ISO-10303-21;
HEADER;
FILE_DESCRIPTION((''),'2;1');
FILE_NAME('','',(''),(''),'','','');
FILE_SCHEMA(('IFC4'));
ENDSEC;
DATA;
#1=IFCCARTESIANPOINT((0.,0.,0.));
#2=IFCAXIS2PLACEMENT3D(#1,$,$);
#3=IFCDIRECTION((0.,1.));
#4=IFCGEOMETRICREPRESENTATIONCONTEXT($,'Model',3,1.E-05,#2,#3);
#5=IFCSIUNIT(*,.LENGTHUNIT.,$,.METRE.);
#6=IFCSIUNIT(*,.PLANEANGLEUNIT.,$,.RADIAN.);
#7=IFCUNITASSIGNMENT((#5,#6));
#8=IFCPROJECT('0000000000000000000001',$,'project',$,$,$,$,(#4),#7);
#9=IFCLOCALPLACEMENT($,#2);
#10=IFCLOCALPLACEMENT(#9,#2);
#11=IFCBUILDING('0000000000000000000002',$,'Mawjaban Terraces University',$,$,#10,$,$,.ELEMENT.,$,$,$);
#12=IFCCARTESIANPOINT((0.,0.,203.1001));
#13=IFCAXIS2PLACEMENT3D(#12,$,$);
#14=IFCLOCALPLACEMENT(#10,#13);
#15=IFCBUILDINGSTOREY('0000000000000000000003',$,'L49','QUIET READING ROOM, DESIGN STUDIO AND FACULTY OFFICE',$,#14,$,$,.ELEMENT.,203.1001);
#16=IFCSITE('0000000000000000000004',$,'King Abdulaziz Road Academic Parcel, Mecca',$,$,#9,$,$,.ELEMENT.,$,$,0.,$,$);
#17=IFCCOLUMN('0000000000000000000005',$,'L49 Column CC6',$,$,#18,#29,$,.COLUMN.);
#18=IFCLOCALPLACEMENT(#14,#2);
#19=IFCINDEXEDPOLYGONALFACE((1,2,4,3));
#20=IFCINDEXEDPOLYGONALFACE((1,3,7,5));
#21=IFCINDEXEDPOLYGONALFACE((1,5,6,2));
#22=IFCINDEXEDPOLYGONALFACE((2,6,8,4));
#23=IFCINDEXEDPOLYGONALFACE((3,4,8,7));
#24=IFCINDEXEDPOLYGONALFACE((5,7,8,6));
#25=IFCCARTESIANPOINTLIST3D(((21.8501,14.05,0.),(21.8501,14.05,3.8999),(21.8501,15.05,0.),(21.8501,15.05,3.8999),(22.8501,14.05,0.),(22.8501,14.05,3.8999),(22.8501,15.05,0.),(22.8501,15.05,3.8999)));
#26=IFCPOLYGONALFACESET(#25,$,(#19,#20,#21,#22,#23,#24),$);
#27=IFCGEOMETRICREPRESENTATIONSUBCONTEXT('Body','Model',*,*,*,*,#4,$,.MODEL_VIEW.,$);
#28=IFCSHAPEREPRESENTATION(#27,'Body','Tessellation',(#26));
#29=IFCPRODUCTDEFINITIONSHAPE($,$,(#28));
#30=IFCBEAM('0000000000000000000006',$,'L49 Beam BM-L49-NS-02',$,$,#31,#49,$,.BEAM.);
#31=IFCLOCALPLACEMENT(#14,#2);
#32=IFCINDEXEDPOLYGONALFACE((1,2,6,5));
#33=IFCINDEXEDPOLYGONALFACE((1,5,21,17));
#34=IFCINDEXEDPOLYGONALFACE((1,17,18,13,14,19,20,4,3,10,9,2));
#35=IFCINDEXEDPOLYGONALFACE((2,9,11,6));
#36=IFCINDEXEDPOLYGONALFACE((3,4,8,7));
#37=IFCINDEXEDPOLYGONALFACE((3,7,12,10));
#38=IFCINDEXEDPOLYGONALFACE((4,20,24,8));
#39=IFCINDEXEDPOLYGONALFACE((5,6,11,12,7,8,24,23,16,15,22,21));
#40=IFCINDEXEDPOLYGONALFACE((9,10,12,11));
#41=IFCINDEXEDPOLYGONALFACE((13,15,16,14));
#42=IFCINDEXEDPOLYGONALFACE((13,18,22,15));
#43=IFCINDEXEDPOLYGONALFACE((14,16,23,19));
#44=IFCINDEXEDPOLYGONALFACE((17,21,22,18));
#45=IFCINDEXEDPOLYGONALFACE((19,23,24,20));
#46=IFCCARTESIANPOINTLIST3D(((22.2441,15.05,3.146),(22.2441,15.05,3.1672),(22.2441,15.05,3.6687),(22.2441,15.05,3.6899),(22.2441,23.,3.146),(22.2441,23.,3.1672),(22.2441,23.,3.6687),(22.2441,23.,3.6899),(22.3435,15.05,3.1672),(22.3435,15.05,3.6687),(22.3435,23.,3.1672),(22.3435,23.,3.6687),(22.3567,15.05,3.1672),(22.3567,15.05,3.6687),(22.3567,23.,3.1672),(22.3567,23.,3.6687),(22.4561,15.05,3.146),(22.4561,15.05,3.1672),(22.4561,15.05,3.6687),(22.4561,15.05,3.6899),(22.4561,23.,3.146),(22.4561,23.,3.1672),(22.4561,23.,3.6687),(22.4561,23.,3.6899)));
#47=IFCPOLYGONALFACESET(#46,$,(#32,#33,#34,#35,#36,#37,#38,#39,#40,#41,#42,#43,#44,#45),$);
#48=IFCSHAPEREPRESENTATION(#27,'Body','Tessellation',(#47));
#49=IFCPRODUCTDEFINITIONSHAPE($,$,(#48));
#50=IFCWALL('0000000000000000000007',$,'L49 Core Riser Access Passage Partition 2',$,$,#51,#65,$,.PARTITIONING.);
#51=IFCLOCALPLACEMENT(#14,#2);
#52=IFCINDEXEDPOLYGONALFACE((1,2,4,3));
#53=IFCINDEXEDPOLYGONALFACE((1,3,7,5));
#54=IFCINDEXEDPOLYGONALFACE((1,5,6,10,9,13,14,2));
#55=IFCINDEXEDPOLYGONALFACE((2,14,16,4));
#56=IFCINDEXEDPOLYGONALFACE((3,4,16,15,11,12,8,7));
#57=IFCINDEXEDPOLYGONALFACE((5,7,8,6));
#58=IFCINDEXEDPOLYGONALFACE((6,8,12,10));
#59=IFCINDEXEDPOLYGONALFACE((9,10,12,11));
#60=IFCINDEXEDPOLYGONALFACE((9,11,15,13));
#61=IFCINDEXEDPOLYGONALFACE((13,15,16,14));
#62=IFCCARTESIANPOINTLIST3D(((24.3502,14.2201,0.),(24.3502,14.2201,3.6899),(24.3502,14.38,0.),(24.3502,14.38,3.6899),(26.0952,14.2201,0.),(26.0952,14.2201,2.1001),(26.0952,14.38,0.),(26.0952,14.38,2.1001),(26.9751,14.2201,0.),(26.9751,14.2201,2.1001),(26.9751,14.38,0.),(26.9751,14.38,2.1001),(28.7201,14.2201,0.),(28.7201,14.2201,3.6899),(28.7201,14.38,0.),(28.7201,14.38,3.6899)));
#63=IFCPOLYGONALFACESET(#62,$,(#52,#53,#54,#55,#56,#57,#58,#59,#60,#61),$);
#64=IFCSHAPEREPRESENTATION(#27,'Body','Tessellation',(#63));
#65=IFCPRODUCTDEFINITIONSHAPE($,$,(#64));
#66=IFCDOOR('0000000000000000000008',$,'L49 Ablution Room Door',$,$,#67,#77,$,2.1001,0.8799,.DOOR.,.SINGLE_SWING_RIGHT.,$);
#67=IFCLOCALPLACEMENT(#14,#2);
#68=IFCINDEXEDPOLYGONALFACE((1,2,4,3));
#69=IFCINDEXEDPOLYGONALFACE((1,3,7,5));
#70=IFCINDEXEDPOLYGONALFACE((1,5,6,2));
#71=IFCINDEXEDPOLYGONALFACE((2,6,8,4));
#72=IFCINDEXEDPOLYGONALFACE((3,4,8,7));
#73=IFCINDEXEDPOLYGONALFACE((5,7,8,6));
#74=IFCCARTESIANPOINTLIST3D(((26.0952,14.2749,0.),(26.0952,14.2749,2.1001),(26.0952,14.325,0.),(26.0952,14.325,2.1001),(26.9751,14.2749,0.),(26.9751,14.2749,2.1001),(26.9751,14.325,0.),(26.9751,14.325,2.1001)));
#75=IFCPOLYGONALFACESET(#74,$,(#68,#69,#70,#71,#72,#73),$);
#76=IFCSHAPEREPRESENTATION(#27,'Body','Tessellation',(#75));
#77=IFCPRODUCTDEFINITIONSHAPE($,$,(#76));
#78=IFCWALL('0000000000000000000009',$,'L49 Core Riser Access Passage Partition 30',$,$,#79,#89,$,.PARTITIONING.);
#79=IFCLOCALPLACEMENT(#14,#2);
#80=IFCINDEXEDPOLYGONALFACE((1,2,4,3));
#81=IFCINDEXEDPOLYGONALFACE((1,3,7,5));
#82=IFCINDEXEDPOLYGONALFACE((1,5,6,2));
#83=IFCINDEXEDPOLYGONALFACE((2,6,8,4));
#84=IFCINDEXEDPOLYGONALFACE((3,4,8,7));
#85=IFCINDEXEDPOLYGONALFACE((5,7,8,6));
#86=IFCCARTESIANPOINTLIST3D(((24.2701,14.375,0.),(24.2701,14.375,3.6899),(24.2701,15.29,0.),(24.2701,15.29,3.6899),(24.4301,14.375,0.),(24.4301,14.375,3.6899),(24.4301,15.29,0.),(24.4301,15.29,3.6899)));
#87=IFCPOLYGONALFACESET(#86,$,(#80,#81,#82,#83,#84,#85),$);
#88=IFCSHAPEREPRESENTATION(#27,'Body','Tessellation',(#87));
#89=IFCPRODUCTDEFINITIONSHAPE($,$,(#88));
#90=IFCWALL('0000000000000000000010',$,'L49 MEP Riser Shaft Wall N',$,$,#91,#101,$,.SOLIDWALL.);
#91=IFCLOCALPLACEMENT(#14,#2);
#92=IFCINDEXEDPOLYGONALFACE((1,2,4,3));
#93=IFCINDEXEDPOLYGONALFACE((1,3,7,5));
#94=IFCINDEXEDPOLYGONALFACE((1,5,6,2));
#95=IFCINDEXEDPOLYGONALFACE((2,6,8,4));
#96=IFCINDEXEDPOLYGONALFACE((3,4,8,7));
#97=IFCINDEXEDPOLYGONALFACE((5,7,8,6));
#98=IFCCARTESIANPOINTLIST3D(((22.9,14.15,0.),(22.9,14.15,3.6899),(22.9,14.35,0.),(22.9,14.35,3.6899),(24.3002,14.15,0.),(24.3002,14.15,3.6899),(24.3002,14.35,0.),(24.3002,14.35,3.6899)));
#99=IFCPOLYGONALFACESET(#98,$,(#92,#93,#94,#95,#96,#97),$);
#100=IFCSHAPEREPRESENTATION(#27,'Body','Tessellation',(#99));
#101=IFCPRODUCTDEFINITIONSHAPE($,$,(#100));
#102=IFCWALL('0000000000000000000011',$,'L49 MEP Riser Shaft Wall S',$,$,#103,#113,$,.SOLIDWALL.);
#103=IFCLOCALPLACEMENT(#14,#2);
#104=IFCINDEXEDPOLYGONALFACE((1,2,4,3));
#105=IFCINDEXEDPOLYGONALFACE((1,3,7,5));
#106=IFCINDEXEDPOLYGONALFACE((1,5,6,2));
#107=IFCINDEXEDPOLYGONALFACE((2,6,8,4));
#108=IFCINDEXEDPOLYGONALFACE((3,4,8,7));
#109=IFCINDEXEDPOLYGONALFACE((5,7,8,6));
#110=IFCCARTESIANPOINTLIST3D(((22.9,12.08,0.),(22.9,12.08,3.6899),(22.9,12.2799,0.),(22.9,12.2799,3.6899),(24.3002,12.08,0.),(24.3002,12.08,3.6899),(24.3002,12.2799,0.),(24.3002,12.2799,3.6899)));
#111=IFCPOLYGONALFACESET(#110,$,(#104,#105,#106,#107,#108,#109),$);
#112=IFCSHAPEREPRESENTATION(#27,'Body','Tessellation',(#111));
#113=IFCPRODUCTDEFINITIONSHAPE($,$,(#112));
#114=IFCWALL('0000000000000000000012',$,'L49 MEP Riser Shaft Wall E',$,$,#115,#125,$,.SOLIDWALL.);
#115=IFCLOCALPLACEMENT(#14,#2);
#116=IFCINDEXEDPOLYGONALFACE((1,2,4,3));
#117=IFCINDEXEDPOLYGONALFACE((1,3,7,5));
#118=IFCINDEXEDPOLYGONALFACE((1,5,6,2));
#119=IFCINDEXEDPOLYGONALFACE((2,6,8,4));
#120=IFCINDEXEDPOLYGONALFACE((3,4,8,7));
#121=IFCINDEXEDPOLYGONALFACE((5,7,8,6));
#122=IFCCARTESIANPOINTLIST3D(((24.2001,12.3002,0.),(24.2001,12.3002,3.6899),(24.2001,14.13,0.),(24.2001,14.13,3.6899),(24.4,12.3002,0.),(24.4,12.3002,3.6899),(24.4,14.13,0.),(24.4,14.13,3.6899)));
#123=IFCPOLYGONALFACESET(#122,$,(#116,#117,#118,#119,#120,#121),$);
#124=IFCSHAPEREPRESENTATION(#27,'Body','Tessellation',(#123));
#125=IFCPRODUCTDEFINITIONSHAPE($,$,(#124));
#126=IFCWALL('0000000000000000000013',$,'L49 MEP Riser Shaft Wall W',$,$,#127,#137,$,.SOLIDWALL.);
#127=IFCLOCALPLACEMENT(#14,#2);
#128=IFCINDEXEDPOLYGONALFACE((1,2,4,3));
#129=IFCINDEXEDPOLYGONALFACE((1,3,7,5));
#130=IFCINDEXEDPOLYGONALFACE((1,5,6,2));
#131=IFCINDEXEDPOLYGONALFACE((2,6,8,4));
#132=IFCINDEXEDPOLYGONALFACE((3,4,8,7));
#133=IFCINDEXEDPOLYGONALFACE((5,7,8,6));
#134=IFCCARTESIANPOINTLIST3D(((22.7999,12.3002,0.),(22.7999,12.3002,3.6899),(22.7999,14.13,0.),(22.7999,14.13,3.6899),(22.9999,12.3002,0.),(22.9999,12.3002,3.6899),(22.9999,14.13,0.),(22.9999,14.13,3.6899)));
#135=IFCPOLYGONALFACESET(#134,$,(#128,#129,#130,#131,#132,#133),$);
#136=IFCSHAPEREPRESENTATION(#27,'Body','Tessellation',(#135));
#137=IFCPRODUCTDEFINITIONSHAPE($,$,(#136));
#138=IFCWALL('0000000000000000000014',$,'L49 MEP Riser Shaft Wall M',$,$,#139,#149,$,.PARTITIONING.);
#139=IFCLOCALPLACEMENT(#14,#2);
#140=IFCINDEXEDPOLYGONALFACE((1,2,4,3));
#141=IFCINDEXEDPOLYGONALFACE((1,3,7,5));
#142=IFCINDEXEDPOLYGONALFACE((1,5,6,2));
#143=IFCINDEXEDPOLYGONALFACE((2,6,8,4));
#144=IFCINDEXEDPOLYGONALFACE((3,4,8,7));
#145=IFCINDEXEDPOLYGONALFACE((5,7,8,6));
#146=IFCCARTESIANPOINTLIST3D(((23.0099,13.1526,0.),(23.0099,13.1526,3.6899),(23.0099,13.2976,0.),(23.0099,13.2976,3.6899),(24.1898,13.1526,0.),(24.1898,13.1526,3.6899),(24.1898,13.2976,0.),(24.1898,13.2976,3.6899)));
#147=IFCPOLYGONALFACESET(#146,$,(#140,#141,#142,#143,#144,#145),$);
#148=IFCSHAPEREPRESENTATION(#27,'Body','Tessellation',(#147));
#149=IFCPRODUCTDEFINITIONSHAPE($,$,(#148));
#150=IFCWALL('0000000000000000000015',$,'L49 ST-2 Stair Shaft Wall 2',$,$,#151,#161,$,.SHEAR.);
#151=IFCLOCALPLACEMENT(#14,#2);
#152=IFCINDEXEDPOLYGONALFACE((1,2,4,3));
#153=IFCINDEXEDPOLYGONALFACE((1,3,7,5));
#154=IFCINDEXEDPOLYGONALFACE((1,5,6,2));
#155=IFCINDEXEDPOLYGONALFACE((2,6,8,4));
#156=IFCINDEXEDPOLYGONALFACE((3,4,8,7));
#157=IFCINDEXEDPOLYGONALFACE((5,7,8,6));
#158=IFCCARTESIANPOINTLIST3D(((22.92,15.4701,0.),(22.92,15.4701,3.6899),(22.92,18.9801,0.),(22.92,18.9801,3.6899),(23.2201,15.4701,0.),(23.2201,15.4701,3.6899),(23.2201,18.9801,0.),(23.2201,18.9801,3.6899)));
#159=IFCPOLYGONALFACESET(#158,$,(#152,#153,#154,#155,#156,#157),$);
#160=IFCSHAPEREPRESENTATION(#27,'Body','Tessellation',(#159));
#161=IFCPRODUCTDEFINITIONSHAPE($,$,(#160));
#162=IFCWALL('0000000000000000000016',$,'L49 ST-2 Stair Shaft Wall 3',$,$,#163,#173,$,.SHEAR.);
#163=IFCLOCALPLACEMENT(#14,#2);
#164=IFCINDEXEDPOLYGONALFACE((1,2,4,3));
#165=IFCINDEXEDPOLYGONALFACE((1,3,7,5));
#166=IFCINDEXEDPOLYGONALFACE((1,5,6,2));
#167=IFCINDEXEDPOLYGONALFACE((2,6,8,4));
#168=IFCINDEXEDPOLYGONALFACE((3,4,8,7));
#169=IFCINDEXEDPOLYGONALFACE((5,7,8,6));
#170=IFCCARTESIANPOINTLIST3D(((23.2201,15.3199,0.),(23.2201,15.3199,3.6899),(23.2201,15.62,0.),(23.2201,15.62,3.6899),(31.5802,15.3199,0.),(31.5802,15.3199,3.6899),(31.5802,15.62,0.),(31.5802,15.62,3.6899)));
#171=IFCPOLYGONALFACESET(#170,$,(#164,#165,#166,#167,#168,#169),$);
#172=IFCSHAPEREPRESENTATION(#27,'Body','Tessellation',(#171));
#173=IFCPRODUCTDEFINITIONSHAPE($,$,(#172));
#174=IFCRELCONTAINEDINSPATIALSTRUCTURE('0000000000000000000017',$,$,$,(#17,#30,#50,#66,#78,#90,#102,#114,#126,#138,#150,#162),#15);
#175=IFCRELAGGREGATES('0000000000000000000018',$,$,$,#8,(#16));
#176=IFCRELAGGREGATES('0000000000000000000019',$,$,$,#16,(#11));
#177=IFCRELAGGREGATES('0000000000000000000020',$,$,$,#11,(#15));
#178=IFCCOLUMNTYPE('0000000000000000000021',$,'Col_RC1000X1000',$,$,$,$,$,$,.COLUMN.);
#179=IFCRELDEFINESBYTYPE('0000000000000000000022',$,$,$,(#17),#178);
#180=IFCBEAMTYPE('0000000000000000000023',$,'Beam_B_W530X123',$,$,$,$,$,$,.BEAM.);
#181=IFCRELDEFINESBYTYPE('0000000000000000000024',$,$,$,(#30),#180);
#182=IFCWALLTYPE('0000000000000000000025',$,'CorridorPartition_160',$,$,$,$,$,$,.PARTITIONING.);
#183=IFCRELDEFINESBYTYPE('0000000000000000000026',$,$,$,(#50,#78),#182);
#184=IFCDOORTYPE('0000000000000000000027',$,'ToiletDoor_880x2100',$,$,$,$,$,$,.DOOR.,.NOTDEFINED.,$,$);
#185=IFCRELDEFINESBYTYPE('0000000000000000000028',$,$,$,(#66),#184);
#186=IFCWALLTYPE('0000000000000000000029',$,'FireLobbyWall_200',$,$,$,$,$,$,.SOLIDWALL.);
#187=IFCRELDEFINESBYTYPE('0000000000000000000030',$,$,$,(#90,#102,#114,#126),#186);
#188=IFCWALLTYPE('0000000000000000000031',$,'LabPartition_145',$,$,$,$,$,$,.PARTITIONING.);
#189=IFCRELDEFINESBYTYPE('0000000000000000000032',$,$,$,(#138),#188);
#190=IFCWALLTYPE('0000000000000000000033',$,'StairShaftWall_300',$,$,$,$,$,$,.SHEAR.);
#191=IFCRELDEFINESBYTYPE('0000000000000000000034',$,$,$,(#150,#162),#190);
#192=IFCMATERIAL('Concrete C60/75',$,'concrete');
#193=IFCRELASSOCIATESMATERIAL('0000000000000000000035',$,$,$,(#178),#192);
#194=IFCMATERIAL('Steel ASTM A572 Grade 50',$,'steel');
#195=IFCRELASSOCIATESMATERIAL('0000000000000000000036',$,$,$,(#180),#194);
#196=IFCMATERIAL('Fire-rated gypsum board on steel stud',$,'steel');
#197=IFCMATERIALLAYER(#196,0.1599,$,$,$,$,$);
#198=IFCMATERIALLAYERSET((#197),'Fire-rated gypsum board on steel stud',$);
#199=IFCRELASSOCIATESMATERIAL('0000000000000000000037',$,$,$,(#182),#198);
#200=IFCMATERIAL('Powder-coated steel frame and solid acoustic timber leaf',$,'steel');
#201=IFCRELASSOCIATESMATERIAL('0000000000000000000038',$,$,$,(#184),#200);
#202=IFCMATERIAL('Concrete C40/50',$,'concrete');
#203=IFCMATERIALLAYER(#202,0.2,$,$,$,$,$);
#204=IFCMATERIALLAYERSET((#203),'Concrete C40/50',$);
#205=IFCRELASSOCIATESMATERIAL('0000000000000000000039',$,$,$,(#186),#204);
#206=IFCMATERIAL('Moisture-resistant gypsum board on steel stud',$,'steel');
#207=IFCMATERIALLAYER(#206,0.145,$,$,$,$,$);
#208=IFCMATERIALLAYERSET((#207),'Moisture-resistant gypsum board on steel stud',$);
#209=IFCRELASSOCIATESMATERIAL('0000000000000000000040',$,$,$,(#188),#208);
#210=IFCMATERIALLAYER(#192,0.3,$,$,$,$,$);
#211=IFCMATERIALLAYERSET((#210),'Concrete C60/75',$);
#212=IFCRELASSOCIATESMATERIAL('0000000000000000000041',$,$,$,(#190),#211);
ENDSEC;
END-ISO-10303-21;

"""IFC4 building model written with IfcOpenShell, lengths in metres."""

from ifc_helpers import new_model, si_unit, direction, frame, frame_2d, origin, origin_2d, place, context, subcontext, project, spatial, rectangle, i_section, extrude, material, layer, layer_set, material_profile, profile_set, type_object, element, fill, save


model = new_model("IFC4")

# Units and contexts
model_context = context("Model", 3, precision=1e-05, world=origin(), true_north=direction((0.0, 1.0)))
body_context = subcontext(model_context, "Body", "Model", "MODEL_VIEW")
ifc_project = project(units=[si_unit("LENGTHUNIT", "METRE"), si_unit("PLANEANGLEUNIT", "RADIAN")], contexts=[model_context])

# Site, building, storey
site_placement = place(None, origin())
site = spatial("IfcSite", under=ifc_project, at=site_placement, Name="King Abdulaziz Road Academic Parcel, Mecca", CompositionType="ELEMENT", RefElevation=0.0)
building_placement = place(site_placement, origin())
building = spatial("IfcBuilding", under=site, at=building_placement, Name="Mawjaban Terraces University", CompositionType="ELEMENT")
storey_placement = place(building_placement, frame((0.0, 0.0, 203.1001)))
storey = spatial("IfcBuildingStorey", under=building, at=storey_placement, Name="L49", Description="QUIET READING ROOM, DESIGN STUDIO AND FACULTY OFFICE", CompositionType="ELEMENT", Elevation=203.1001)

# Column
ifc_material_1 = material(Name="Concrete C60/75", Category="concrete")
ifc_material_profile_1 = material_profile(ifc_material_1, rectangle(XDim=1.0, YDim=1.0, at=origin_2d()), Name="RC1000X1000")
ifc_profile_set_1 = profile_set([ifc_material_profile_1], Name="Concrete C60/75")
column_type = type_object("IfcColumnType", Name="Col_RC1000X1000", PredefinedType="COLUMN", material=ifc_profile_set_1)
column_placement = place(storey_placement, frame((22.3501, 14.55, 0.0), z_axis=(0.0, 0.0, 1.0), x_axis=(1.0, 0.0, 0.0)))
element("IfcColumn", 1, at=column_placement, inside=storey, type_object=column_type, Name="L49 Column CC6", PredefinedType="COLUMN", context=body_context, shape_type="SweptSolid", body=[
    extrude(rectangle(XDim=1.0, YDim=1.0, at=origin_2d()), origin(), (0.0, 0.0, 1.0), 3.8999),
])

# Beam
ifc_material_2 = material(Name="Steel ASTM A572 Grade 50", Category="steel")
ifc_material_profile_2 = material_profile(ifc_material_2, i_section(OverallWidth=0.2119, OverallDepth=0.5439, WebThickness=0.0132, FlangeThickness=0.0212, at=origin_2d()), Name="W530X123")
ifc_profile_set_2 = profile_set([ifc_material_profile_2], Name="Steel ASTM A572 Grade 50")
beam_type = type_object("IfcBeamType", Name="Beam_B_W530X123", PredefinedType="BEAM", material=ifc_profile_set_2)
beam_placement = place(storey_placement, frame((22.3501, 15.05, 3.418), z_axis=(0.0, 1.0, 0.0), x_axis=(-1.0, 0.0, 0.0)))
element("IfcBeam", 2, at=beam_placement, inside=storey, type_object=beam_type, Name="L49 Beam BM-L49-NS-02", PredefinedType="BEAM", context=body_context, shape_type="SweptSolid", body=[
    extrude(i_section(OverallWidth=0.2119, OverallDepth=0.5439, WebThickness=0.0132, FlangeThickness=0.0212, at=origin_2d()), origin(), (0.0, 0.0, 1.0), 7.95),
])

# Wall, opening, door
ifc_material_3 = material(Name="Fire-rated gypsum board on steel stud", Category="steel")
ifc_layer_1 = layer(ifc_material_3, 0.1599)
ifc_layer_set_1 = layer_set([ifc_layer_1], Name="Fire-rated gypsum board on steel stud")
wall_type_1 = type_object("IfcWallType", Name="CorridorPartition_160", PredefinedType="PARTITIONING", material=ifc_layer_set_1)
wall_1_placement = place(storey_placement, frame((24.3501, 14.3, 0.0), z_axis=(0.0, 0.0, 1.0), x_axis=(1.0, 0.0, 0.0)))
wall_1 = element("IfcWall", 3, at=wall_1_placement, inside=storey, type_object=wall_type_1, Name="L49 Core Riser Access Passage Partition 2", PredefinedType="PARTITIONING", context=body_context, shape_type="SweptSolid", body=[
    extrude(rectangle(XDim=4.3699, YDim=0.1599, at=frame_2d((2.1851, 0.0))), origin(), (0.0, 0.0, 1.0), 3.6899),
])
opening_placement = place(wall_1_placement, frame((1.7451, 0.0, 0.0)))
opening = element("IfcOpeningElement", 4, at=opening_placement, cuts=wall_1, PredefinedType="OPENING", context=body_context, shape_type="SweptSolid", body=[
    extrude(rectangle(XDim=0.8799, YDim=2.1001, at=frame_2d((0.4399, 1.05))), frame((0.0, 0.0898, 0.0), z_axis=(0.0, -1.0, 0.0), x_axis=(1.0, 0.0, 0.0)), (0.0, 0.0, 1.0), 0.1799),
])
ifc_material_4 = material(Name="Powder-coated steel frame and solid acoustic timber leaf", Category="steel")
door_type = type_object("IfcDoorType", Name="ToiletDoor_880x2100", OperationType="NOTDEFINED", PredefinedType="DOOR", material=ifc_material_4)
door_placement = place(opening_placement, origin())
door = element("IfcDoor", 5, at=door_placement, inside=storey, type_object=door_type, Name="L49 Ablution Room Door", OperationType="SINGLE_SWING_RIGHT", OverallHeight=2.1001, OverallWidth=0.8799, PredefinedType="DOOR", context=body_context, shape_type="SweptSolid", body=[
    extrude(rectangle(XDim=0.8799, YDim=2.1001, at=frame_2d((0.4399, 1.05))), frame((0.0, 0.0249, 0.0), z_axis=(0.0, -1.0, 0.0), x_axis=(1.0, 0.0, 0.0)), (0.0, 0.0, 1.0), 0.05),
])
fill(opening, door)

# Walls
wall_2_placement = place(storey_placement, frame((24.3501, 15.29, 0.0), z_axis=(0.0, 0.0, 1.0), x_axis=(0.0, -1.0, 0.0)))
element("IfcWall", 6, at=wall_2_placement, inside=storey, type_object=wall_type_1, Name="L49 Core Riser Access Passage Partition 30", PredefinedType="PARTITIONING", context=body_context, shape_type="SweptSolid", body=[
    extrude(rectangle(XDim=0.915, YDim=0.1599, at=frame_2d((0.4575, 0.0))), origin(), (0.0, 0.0, 1.0), 3.6899),
])
ifc_material_5 = material(Name="Concrete C40/50", Category="concrete")
ifc_layer_2 = layer(ifc_material_5, 0.2)
ifc_layer_set_2 = layer_set([ifc_layer_2], Name="Concrete C40/50")
wall_type_2 = type_object("IfcWallType", Name="FireLobbyWall_200", PredefinedType="SOLIDWALL", material=ifc_layer_set_2)
for number, where, z_axis, x_axis, name in (
    (7, (22.8999, 14.25, 0.0), (0.0, 0.0, 1.0), (1.0, 0.0, 0.0), "L49 MEP Riser Shaft Wall N"),
    (8, (22.8999, 12.1799, 0.0), (0.0, 0.0, 1.0), (1.0, 0.0, 0.0), "L49 MEP Riser Shaft Wall S"),
):
    element("IfcWall", number, at=place(storey_placement, frame(where, z_axis=z_axis, x_axis=x_axis)), inside=storey, type_object=wall_type_2, Name=name, PredefinedType="SOLIDWALL", context=body_context, shape_type="SweptSolid", body=[
        extrude(rectangle(XDim=1.4001, YDim=0.2, at=frame_2d((0.7002, 0.0))), origin(), (0.0, 0.0, 1.0), 3.6899),
    ])
for number, where, z_axis, x_axis, name in (
    (9, (24.3, 12.3, 0.0), (0.0, 0.0, 1.0), (0.0, 1.0, 0.0), "L49 MEP Riser Shaft Wall E"),
    (10, (22.8999, 12.3, 0.0), (0.0, 0.0, 1.0), (0.0, 1.0, 0.0), "L49 MEP Riser Shaft Wall W"),
):
    element("IfcWall", number, at=place(storey_placement, frame(where, z_axis=z_axis, x_axis=x_axis)), inside=storey, type_object=wall_type_2, Name=name, PredefinedType="SOLIDWALL", context=body_context, shape_type="SweptSolid", body=[
        extrude(rectangle(XDim=1.8298, YDim=0.2, at=frame_2d((0.915, 0.0))), origin(), (0.0, 0.0, 1.0), 3.6899),
    ])
ifc_material_6 = material(Name="Moisture-resistant gypsum board on steel stud", Category="steel")
ifc_layer_3 = layer(ifc_material_6, 0.145)
ifc_layer_set_3 = layer_set([ifc_layer_3], Name="Moisture-resistant gypsum board on steel stud")
wall_type_3 = type_object("IfcWallType", Name="LabPartition_145", PredefinedType="PARTITIONING", material=ifc_layer_set_3)
wall_3_placement = place(storey_placement, frame((23.01, 13.2251, 0.0), z_axis=(0.0, 0.0, 1.0), x_axis=(1.0, 0.0, 0.0)))
element("IfcWall", 11, at=wall_3_placement, inside=storey, type_object=wall_type_3, Name="L49 MEP Riser Shaft Wall M", PredefinedType="PARTITIONING", context=body_context, shape_type="SweptSolid", body=[
    extrude(rectangle(XDim=1.1799, YDim=0.145, at=frame_2d((0.5898, 0.0))), origin(), (0.0, 0.0, 1.0), 3.6899),
])
ifc_layer_4 = layer(ifc_material_1, 0.3)
ifc_layer_set_4 = layer_set([ifc_layer_4], Name="Concrete C60/75")
wall_type_4 = type_object("IfcWallType", Name="StairShaftWall_300", PredefinedType="SHEAR", material=ifc_layer_set_4)
wall_4_placement = place(storey_placement, frame((23.0701, 18.98, 0.0), z_axis=(0.0, 0.0, 1.0), x_axis=(0.0, -1.0, 0.0)))
element("IfcWall", 12, at=wall_4_placement, inside=storey, type_object=wall_type_4, Name="L49 ST-2 Stair Shaft Wall 2", PredefinedType="SHEAR", context=body_context, shape_type="SweptSolid", body=[
    extrude(rectangle(XDim=3.51, YDim=0.3, at=frame_2d((1.7549, 0.0))), origin(), (0.0, 0.0, 1.0), 3.6899),
])
wall_5_placement = place(storey_placement, frame((23.22, 15.47, 0.0), z_axis=(0.0, 0.0, 1.0), x_axis=(1.0, 0.0, 0.0)))
element("IfcWall", 13, at=wall_5_placement, inside=storey, type_object=wall_type_4, Name="L49 ST-2 Stair Shaft Wall 3", PredefinedType="SHEAR", context=body_context, shape_type="SweptSolid", body=[
    extrude(rectangle(XDim=8.3601, YDim=0.3, at=frame_2d((4.1802, 0.0))), origin(), (0.0, 0.0, 1.0), 3.6899),
])

save(model, "model.ifc")
